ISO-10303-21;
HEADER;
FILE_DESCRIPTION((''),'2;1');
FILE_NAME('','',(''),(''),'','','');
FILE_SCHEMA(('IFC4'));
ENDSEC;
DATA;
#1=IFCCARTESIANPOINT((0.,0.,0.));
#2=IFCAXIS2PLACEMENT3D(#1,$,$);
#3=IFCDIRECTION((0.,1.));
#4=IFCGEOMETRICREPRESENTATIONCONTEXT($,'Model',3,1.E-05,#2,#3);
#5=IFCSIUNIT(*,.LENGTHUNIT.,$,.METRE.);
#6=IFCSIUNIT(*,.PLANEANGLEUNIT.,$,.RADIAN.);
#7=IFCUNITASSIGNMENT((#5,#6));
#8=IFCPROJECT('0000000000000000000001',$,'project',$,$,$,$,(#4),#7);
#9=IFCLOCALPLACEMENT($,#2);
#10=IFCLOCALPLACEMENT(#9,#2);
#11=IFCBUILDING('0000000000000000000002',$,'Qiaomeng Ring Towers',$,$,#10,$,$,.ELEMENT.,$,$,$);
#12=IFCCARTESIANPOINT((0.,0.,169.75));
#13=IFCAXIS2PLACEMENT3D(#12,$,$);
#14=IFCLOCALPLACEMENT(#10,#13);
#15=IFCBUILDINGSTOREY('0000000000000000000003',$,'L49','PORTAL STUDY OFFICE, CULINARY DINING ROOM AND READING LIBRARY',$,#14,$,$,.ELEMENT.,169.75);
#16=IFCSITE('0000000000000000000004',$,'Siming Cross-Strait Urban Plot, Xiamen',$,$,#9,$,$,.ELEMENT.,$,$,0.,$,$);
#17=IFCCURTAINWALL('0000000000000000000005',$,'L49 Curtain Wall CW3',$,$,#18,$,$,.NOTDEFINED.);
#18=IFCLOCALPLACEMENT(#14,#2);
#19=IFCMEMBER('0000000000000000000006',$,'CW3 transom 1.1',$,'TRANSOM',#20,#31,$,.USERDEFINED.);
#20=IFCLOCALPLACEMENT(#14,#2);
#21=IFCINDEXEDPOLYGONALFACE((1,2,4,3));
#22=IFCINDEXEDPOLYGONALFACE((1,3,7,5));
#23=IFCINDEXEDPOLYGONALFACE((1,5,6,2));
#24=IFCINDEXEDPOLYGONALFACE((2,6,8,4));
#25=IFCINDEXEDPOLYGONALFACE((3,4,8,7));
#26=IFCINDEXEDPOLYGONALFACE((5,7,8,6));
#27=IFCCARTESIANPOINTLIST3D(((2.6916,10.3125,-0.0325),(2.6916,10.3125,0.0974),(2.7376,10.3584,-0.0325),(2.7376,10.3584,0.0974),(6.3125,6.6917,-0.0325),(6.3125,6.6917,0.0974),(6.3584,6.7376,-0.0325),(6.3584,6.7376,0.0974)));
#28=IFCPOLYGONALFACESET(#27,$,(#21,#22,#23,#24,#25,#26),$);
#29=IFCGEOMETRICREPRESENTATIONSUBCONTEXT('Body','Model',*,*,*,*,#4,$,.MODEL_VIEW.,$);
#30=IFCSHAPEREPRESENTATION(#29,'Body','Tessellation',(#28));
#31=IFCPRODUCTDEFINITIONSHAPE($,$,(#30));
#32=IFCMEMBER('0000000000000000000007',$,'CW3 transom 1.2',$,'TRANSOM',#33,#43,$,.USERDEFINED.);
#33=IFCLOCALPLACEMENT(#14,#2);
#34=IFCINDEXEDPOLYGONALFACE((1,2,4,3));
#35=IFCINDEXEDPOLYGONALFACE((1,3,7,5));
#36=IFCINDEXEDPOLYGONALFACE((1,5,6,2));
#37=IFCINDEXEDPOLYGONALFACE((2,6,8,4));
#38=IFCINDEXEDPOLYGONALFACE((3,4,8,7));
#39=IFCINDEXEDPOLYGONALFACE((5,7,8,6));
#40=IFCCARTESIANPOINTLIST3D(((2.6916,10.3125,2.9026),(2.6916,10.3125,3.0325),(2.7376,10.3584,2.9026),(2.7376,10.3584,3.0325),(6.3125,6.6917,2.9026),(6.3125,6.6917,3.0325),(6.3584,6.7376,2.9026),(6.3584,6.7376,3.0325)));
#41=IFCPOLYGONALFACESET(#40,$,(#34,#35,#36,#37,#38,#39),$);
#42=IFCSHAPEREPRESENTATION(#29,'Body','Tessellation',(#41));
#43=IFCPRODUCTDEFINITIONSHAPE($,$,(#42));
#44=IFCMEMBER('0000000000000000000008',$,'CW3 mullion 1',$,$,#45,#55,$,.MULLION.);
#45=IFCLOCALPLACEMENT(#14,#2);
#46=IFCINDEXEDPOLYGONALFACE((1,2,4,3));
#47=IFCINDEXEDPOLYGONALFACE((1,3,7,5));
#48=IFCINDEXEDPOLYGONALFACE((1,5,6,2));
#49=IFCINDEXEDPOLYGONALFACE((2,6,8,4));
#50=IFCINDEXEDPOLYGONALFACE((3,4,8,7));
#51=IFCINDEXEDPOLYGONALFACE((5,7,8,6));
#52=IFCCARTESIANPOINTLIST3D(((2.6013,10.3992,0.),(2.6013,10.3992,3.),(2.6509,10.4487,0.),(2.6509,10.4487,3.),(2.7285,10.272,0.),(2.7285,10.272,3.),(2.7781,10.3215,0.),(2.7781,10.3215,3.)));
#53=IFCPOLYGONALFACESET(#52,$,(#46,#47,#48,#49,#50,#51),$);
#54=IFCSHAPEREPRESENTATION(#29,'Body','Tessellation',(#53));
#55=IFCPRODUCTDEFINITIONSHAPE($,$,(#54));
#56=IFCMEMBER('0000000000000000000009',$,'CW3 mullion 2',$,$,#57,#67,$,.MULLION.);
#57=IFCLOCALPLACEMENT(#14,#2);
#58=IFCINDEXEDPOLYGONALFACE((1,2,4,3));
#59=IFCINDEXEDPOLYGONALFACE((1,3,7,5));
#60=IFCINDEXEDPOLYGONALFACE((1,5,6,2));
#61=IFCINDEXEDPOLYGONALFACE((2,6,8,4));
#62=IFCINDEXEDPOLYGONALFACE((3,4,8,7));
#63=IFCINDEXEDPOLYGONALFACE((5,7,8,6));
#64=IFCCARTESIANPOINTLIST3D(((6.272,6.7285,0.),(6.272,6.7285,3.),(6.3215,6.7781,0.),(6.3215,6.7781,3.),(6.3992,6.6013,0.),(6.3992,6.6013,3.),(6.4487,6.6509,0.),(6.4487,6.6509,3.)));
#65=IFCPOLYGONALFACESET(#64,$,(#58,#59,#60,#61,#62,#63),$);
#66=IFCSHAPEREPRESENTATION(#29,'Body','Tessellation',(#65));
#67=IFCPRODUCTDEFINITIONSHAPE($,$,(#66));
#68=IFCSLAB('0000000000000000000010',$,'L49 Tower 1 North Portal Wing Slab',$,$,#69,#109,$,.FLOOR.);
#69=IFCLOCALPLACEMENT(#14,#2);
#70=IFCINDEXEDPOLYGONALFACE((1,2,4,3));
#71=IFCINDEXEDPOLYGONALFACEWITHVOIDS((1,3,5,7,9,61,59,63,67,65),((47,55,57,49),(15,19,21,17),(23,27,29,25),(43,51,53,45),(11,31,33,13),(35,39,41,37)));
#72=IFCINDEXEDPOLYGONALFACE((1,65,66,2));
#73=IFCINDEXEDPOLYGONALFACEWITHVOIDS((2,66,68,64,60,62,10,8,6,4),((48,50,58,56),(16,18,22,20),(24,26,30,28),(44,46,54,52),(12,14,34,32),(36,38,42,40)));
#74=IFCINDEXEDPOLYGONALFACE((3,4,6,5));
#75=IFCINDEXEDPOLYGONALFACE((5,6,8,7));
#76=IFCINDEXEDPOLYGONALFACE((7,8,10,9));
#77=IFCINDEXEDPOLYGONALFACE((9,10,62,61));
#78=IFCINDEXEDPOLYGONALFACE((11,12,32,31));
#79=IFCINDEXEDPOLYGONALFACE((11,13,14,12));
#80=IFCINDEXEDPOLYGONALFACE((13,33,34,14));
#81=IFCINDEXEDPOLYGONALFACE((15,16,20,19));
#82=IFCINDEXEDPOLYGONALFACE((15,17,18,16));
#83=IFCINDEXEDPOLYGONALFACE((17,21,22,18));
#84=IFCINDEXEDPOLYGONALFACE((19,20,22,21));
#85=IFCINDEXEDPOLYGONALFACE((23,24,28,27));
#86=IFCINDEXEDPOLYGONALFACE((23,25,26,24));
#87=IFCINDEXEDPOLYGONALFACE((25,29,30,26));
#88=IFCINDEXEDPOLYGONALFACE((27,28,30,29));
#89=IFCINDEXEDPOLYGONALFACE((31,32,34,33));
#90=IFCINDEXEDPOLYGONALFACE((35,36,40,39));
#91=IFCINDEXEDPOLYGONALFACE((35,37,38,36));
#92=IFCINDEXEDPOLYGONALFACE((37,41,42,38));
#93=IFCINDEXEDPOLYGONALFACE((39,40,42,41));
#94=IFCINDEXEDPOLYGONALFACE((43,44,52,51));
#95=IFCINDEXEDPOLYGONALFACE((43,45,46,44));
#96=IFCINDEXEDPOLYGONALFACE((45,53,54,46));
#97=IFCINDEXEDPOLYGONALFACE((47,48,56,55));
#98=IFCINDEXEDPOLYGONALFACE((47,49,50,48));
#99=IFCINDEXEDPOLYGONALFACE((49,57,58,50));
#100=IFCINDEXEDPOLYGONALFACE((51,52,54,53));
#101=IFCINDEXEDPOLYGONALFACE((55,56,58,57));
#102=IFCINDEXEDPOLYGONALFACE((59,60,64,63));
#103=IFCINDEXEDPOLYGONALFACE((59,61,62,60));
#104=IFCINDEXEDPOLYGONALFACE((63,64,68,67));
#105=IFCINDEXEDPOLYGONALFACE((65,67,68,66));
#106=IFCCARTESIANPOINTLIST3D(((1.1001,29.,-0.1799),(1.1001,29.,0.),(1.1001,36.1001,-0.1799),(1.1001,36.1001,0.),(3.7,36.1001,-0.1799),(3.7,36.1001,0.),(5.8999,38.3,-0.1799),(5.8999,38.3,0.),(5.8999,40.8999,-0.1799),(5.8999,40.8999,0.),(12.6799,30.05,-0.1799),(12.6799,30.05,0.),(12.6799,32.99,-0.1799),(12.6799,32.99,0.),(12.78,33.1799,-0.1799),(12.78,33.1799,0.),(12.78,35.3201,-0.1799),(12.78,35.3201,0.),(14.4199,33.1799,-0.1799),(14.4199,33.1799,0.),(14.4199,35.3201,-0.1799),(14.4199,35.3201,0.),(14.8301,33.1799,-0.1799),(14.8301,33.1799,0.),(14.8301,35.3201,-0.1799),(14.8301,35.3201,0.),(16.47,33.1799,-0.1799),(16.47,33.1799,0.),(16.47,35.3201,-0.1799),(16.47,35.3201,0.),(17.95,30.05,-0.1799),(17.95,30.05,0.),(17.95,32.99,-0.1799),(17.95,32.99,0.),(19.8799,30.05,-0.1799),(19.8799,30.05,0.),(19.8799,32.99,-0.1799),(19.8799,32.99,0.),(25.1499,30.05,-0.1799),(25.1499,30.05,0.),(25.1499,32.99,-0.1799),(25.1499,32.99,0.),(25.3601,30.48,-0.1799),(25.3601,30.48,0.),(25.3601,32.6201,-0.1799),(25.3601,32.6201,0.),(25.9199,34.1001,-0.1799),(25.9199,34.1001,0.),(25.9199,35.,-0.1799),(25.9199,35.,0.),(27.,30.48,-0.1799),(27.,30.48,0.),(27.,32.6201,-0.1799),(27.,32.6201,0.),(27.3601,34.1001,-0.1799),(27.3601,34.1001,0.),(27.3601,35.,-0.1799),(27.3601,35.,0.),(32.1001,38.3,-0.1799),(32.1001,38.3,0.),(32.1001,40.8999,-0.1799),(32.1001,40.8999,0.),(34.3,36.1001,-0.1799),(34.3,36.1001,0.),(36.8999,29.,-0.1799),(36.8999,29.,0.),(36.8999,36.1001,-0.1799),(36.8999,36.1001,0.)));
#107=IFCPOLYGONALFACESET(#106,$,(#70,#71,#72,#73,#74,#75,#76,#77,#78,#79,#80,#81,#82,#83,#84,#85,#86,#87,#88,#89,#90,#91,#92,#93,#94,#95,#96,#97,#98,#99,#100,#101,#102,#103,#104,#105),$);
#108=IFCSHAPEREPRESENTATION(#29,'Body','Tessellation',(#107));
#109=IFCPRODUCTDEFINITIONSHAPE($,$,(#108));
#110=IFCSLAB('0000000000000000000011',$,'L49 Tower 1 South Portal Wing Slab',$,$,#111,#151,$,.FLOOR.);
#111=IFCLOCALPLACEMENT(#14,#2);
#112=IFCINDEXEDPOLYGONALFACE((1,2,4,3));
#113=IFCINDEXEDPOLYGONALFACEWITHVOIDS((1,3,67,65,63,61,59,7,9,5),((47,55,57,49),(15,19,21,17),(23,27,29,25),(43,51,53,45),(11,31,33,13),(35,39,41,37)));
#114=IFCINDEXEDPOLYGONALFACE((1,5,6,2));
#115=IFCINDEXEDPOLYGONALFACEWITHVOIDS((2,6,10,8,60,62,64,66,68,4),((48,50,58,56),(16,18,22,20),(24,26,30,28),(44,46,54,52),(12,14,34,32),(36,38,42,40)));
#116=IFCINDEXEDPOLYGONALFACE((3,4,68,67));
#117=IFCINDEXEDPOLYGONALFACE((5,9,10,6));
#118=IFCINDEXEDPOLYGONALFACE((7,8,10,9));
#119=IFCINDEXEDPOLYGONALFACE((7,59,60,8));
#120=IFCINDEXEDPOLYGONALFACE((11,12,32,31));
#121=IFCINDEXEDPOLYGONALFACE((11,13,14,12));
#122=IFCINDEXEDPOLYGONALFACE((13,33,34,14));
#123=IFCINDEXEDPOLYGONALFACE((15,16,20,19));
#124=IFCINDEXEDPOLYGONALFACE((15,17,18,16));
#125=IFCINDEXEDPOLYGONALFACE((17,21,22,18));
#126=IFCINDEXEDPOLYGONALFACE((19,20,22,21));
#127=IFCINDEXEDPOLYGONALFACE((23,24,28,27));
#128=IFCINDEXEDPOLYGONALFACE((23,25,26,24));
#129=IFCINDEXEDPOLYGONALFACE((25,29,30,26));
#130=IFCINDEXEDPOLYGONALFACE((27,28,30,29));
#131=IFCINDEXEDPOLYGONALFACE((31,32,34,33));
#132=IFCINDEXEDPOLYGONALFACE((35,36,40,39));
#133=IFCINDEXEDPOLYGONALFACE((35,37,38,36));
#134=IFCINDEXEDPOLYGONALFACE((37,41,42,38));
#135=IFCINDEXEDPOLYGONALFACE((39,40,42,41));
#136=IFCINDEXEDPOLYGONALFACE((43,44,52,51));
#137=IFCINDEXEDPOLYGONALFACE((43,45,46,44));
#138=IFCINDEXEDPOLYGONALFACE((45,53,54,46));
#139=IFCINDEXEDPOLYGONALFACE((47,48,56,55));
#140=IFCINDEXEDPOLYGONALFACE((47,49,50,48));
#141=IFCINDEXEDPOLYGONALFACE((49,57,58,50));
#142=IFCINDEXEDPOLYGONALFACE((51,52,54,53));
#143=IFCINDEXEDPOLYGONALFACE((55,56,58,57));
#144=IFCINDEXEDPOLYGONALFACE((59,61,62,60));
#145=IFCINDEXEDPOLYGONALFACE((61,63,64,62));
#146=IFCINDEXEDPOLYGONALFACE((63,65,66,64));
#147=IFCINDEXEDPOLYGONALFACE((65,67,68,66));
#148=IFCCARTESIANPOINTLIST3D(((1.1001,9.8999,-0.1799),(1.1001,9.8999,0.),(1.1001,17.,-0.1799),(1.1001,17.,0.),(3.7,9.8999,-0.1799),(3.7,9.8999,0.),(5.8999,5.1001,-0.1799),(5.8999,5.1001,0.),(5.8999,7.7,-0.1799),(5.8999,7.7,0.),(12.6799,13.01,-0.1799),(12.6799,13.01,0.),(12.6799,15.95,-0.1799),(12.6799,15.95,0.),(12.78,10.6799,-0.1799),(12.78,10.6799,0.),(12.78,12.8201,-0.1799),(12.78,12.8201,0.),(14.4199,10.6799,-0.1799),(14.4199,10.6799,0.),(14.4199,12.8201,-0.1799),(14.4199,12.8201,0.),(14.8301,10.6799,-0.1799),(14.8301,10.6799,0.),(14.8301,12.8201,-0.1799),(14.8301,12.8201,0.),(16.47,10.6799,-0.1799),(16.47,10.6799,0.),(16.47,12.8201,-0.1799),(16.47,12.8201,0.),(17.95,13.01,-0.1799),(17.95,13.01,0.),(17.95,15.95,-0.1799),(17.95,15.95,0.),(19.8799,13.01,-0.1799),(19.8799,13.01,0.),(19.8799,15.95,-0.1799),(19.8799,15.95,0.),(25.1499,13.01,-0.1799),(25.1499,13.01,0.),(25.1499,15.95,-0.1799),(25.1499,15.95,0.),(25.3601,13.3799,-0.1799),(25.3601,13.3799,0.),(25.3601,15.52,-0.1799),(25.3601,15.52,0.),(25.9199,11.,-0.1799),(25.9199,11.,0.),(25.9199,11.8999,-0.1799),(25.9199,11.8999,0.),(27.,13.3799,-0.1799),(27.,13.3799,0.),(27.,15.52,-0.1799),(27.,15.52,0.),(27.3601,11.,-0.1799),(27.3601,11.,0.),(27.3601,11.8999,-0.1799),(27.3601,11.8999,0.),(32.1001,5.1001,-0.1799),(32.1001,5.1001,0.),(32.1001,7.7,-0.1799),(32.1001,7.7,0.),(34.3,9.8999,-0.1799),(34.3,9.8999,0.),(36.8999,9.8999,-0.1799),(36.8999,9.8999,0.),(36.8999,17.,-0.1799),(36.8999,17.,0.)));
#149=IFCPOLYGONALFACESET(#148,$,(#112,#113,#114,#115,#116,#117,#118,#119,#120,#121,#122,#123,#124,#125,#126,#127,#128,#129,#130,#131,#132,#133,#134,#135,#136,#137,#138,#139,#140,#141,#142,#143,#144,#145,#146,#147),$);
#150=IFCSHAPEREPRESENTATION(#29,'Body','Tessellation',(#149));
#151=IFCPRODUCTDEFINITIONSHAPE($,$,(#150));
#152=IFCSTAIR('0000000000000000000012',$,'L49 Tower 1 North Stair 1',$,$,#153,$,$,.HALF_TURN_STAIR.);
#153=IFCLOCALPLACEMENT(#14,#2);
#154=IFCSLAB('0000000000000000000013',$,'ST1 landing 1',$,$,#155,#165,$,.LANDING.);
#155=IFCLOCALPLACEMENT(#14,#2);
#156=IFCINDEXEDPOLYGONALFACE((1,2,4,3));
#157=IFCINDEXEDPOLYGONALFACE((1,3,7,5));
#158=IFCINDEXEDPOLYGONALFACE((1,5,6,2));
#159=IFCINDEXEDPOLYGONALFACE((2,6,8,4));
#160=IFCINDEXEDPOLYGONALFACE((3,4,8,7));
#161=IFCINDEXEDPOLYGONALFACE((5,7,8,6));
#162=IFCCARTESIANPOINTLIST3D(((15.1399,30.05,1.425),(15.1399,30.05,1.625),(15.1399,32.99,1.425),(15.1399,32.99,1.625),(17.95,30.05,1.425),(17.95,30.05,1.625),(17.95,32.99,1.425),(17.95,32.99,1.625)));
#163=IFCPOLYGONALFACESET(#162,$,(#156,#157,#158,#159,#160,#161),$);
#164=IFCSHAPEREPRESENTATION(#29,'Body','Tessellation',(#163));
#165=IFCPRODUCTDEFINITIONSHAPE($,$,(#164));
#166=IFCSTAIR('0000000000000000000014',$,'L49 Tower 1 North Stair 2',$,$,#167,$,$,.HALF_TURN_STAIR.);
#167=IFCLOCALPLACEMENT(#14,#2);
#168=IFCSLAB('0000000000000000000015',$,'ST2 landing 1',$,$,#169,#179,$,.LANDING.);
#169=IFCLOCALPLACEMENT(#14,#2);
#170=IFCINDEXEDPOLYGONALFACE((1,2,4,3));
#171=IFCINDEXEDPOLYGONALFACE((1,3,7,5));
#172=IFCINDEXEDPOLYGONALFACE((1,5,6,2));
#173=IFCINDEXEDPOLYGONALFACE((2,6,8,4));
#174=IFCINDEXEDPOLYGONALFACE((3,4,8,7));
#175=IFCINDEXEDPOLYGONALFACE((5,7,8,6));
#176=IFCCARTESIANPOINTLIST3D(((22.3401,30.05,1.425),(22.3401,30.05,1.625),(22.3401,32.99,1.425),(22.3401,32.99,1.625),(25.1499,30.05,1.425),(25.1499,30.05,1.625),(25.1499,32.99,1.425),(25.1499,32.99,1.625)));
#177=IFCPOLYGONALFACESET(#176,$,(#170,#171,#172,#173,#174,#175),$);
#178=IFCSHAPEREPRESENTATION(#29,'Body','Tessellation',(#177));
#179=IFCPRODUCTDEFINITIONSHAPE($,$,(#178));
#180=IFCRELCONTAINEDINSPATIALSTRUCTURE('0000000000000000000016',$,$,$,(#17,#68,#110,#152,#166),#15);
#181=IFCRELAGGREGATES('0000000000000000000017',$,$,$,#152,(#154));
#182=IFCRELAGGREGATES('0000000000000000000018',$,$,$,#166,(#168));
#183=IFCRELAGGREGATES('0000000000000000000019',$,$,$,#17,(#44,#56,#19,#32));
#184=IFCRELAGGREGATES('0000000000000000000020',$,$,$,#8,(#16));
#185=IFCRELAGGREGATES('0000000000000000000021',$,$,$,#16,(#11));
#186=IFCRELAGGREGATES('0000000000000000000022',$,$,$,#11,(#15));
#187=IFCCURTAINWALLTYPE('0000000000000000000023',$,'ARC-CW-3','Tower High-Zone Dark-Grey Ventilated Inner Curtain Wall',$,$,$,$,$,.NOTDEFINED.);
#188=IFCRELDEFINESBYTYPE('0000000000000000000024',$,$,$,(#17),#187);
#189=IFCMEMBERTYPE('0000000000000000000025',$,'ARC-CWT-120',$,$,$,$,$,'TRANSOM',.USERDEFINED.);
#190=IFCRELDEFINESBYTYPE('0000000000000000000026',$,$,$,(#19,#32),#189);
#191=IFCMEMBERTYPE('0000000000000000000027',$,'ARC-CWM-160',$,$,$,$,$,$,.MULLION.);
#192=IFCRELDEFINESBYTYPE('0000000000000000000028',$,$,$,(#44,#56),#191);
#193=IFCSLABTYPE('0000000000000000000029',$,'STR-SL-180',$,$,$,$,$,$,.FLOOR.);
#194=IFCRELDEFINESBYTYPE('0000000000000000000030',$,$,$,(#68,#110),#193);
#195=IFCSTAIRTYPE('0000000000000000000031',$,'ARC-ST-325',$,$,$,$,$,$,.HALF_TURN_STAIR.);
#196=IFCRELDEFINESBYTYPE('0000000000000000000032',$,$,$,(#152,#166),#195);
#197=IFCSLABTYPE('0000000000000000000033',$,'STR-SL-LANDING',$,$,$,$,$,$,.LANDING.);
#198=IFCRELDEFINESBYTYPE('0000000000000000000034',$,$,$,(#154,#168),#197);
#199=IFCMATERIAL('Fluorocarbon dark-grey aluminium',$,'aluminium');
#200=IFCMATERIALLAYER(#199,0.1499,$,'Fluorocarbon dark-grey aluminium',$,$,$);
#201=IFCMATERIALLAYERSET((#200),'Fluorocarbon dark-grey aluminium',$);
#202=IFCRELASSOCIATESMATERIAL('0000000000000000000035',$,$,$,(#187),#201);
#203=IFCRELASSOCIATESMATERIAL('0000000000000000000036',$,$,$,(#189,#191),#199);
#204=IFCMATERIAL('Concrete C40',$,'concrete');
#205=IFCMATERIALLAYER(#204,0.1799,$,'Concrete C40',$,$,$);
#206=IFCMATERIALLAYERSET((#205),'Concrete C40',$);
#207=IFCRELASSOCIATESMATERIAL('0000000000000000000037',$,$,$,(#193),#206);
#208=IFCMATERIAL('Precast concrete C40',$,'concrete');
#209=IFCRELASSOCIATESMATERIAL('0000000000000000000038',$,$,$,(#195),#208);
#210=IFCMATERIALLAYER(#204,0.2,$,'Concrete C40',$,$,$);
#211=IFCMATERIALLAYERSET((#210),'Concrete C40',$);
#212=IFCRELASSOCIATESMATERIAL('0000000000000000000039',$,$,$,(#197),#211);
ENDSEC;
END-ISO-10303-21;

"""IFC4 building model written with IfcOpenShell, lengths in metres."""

from ifc_helpers import new_model, si_unit, direction, frame, origin, origin_2d, place, context, subcontext, project, spatial, polyline, rectangle, outline, extrude, source, transform, mapped, material, layer, layer_set, material_profile, profile_set, type_object, element, aggregate, save


model = new_model("IFC4")

# Units and contexts
model_context = context("Model", 3, precision=1e-05, world=origin(), true_north=direction((0.0, 1.0)))
body_context = subcontext(model_context, "Body", "Model", "MODEL_VIEW")
ifc_project = project(units=[si_unit("LENGTHUNIT", "METRE"), si_unit("PLANEANGLEUNIT", "RADIAN")], contexts=[model_context])

# Site, building, storey
site_placement = place(None, origin())
site = spatial("IfcSite", under=ifc_project, at=site_placement, Name="Siming Cross-Strait Urban Plot, Xiamen", CompositionType="ELEMENT", RefElevation=0.0)
building_placement = place(site_placement, origin())
building = spatial("IfcBuilding", under=site, at=building_placement, Name="Qiaomeng Ring Towers", CompositionType="ELEMENT")
storey_placement = place(building_placement, frame((0.0, 0.0, 169.75)))
storey = spatial("IfcBuildingStorey", under=building, at=storey_placement, Name="L49", Description="PORTAL STUDY OFFICE, CULINARY DINING ROOM AND READING LIBRARY", CompositionType="ELEMENT", Elevation=169.75)

# Curtain wall, members
ifc_material_1 = material(Name="Fluorocarbon dark-grey aluminium", Category="aluminium")
ifc_layer_1 = layer(ifc_material_1, 0.1499, Name="Fluorocarbon dark-grey aluminium")
ifc_layer_set_1 = layer_set([ifc_layer_1], Name="Fluorocarbon dark-grey aluminium")
curtain_wall_type = type_object("IfcCurtainWallType", Name="ARC-CW-3", Description="Tower High-Zone Dark-Grey Ventilated Inner Curtain Wall", PredefinedType="NOTDEFINED", material=ifc_layer_set_1)
curtain_wall_placement = place(storey_placement, origin())
curtain_wall = element("IfcCurtainWall", 1, at=curtain_wall_placement, inside=storey, type_object=curtain_wall_type, Name="L49 Curtain Wall CW3", PredefinedType="NOTDEFINED")
ifc_material_profile_1 = material_profile(ifc_material_1, rectangle(XDim=0.0649, YDim=0.1299, at=origin_2d()), Name="ALU TRAN 65x130")
ifc_profile_set_1 = profile_set([ifc_material_profile_1], Name="Fluorocarbon dark-grey aluminium")
member_type_1 = type_object("IfcMemberType", Name="ARC-CWT-120", ElementType="TRANSOM", PredefinedType="USERDEFINED", material=ifc_profile_set_1)
shared_shape_1 = source(origin(), body_context, "Body", "SweptSolid", [
    extrude(rectangle(XDim=0.0649, YDim=0.1299, at=origin_2d()), origin(), (0.0, 0.0, 1.0), 5.1206),
])
member_1_placement = place(storey_placement, frame((2.7146, 10.3354, 0.0325), z_axis=(0.707107, -0.707107, 0.0), x_axis=(0.707107, 0.707107, 0.0)))
member_1 = element("IfcMember", 2, at=member_1_placement, type_object=member_type_1, Name="CW3 transom 1.1", ObjectType="TRANSOM", PredefinedType="USERDEFINED", context=body_context, shape_type="MappedRepresentation", body=[
    mapped(shared_shape_1, transform((0.0, 0.0, 0.0), x_axis=(1.0, 0.0, 0.0), y_axis=(0.0, 1.0, 0.0), z_axis=(0.0, 0.0, 1.0), scale=1.0)),
])
member_2_placement = place(storey_placement, frame((2.7146, 10.3354, 2.9675), z_axis=(0.707107, -0.707107, 0.0), x_axis=(0.707107, 0.707107, 0.0)))
member_2 = element("IfcMember", 3, at=member_2_placement, type_object=member_type_1, Name="CW3 transom 1.2", ObjectType="TRANSOM", PredefinedType="USERDEFINED", context=body_context, shape_type="MappedRepresentation", body=[
    mapped(shared_shape_1, transform((0.0, 0.0, 0.0), x_axis=(1.0, 0.0, 0.0), y_axis=(0.0, 1.0, 0.0), z_axis=(0.0, 0.0, 1.0), scale=1.0)),
])
ifc_material_profile_2 = material_profile(ifc_material_1, rectangle(XDim=0.0701, YDim=0.1799, at=origin_2d()), Name="ALU MULL 70x180")
ifc_profile_set_2 = profile_set([ifc_material_profile_2], Name="Fluorocarbon dark-grey aluminium")
member_type_2 = type_object("IfcMemberType", Name="ARC-CWM-160", PredefinedType="MULLION", material=ifc_profile_set_2)
shared_shape_2 = source(origin(), body_context, "Body", "SweptSolid", [
    extrude(rectangle(XDim=0.0701, YDim=0.1799, at=origin_2d()), origin(), (0.0, 0.0, 1.0), 3.0),
])
member_3_placement = place(storey_placement, frame((2.6897, 10.3604, 0.0), z_axis=(0.0, 0.0, 1.0), x_axis=(0.707107, 0.707107, 0.0)))
member_3 = element("IfcMember", 4, at=member_3_placement, type_object=member_type_2, Name="CW3 mullion 1", PredefinedType="MULLION", context=body_context, shape_type="MappedRepresentation", body=[
    mapped(shared_shape_2, transform((0.0, 0.0, 0.0), x_axis=(1.0, 0.0, 0.0), y_axis=(0.0, 1.0, 0.0), z_axis=(0.0, 0.0, 1.0), scale=1.0)),
])
member_4_placement = place(storey_placement, frame((6.3604, 6.6897, 0.0), z_axis=(0.0, 0.0, 1.0), x_axis=(0.707107, 0.707107, 0.0)))
member_4 = element("IfcMember", 5, at=member_4_placement, type_object=member_type_2, Name="CW3 mullion 2", PredefinedType="MULLION", context=body_context, shape_type="MappedRepresentation", body=[
    mapped(shared_shape_2, transform((0.0, 0.0, 0.0), x_axis=(1.0, 0.0, 0.0), y_axis=(0.0, 1.0, 0.0), z_axis=(0.0, 0.0, 1.0), scale=1.0)),
])

# Slabs
ifc_material_2 = material(Name="Concrete C40", Category="concrete")
ifc_layer_2 = layer(ifc_material_2, 0.1799, Name="Concrete C40")
ifc_layer_set_2 = layer_set([ifc_layer_2], Name="Concrete C40")
slab_type_1 = type_object("IfcSlabType", Name="STR-SL-180", PredefinedType="FLOOR", material=ifc_layer_set_2)
slab_1_placement = place(storey_placement, frame((0.0, 0.0, -0.1799)))
element("IfcSlab", 6, at=slab_1_placement, inside=storey, type_object=slab_type_1, Name="L49 Tower 1 North Portal Wing Slab", PredefinedType="FLOOR", context=body_context, shape_type="SweptSolid", body=[
    extrude(outline(polyline([(1.1001, 36.1001), (3.7, 36.1001), (5.8999, 38.3), (5.8999, 40.8999), (32.1001, 40.8999), (32.1001, 38.3), (34.3, 36.1001), (36.8999, 36.1001), (36.8999, 29.0), (1.1001, 29.0), (1.1001, 36.1001)]), holes=[polyline([(17.95, 30.05), (12.6799, 30.05), (12.6799, 32.99), (17.95, 32.99), (17.95, 30.05)]), polyline([(19.8799, 30.05), (19.8799, 32.99), (25.1499, 32.99), (25.1499, 30.05), (19.8799, 30.05)]), polyline([(25.3601, 30.48), (25.3601, 32.6201), (27.0, 32.6201), (27.0, 30.48), (25.3601, 30.48)]), polyline([(14.4199, 33.1799), (12.78, 33.1799), (12.78, 35.3201), (14.4199, 35.3201), (14.4199, 33.1799)]), polyline([(14.8301, 33.1799), (14.8301, 35.3201), (16.47, 35.3201), (16.47, 33.1799), (14.8301, 33.1799)]), polyline([(25.9199, 34.1001), (25.9199, 35.0), (27.3601, 35.0), (27.3601, 34.1001), (25.9199, 34.1001)])]), origin(), (0.0, 0.0, 1.0), 0.1799),
])
slab_2_placement = place(storey_placement, frame((0.0, 0.0, -0.1799)))
element("IfcSlab", 7, at=slab_2_placement, inside=storey, type_object=slab_type_1, Name="L49 Tower 1 South Portal Wing Slab", PredefinedType="FLOOR", context=body_context, shape_type="SweptSolid", body=[
    extrude(outline(polyline([(36.8999, 9.8999), (34.3, 9.8999), (32.1001, 7.7), (32.1001, 5.1001), (5.8999, 5.1001), (5.8999, 7.7), (3.7, 9.8999), (1.1001, 9.8999), (1.1001, 17.0), (36.8999, 17.0), (36.8999, 9.8999)]), holes=[polyline([(27.3601, 11.0), (25.9199, 11.0), (25.9199, 11.8999), (27.3601, 11.8999), (27.3601, 11.0)]), polyline([(12.78, 10.6799), (12.78, 12.8201), (14.4199, 12.8201), (14.4199, 10.6799), (12.78, 10.6799)]), polyline([(14.8301, 10.6799), (14.8301, 12.8201), (16.47, 12.8201), (16.47, 10.6799), (14.8301, 10.6799)]), polyline([(27.0, 13.3799), (25.3601, 13.3799), (25.3601, 15.52), (27.0, 15.52), (27.0, 13.3799)]), polyline([(12.6799, 13.01), (12.6799, 15.95), (17.95, 15.95), (17.95, 13.01), (12.6799, 13.01)]), polyline([(19.8799, 13.01), (19.8799, 15.95), (25.1499, 15.95), (25.1499, 13.01), (19.8799, 13.01)])]), origin(), (0.0, 0.0, 1.0), 0.1799),
])

# Stairs, slabs
ifc_material_3 = material(Name="Precast concrete C40", Category="concrete")
stair_type = type_object("IfcStairType", Name="ARC-ST-325", PredefinedType="HALF_TURN_STAIR", material=ifc_material_3)
stair_1_placement = place(storey_placement, origin())
stair_1 = element("IfcStair", 8, at=stair_1_placement, inside=storey, type_object=stair_type, Name="L49 Tower 1 North Stair 1", PredefinedType="HALF_TURN_STAIR")
ifc_layer_3 = layer(ifc_material_2, 0.2, Name="Concrete C40")
ifc_layer_set_3 = layer_set([ifc_layer_3], Name="Concrete C40")
slab_type_2 = type_object("IfcSlabType", Name="STR-SL-LANDING", PredefinedType="LANDING", material=ifc_layer_set_3)
slab_3_placement = place(storey_placement, frame((0.0, 0.0, 1.425)))
slab_3 = element("IfcSlab", 9, at=slab_3_placement, type_object=slab_type_2, Name="ST1 landing 1", PredefinedType="LANDING", context=body_context, shape_type="SweptSolid", body=[
    extrude(outline(polyline([(15.1399, 30.05), (17.95, 30.05), (17.95, 32.99), (15.1399, 32.99), (15.1399, 30.05)])), origin(), (0.0, 0.0, 1.0), 0.2),
])
aggregate(stair_1, [slab_3])
stair_2_placement = place(storey_placement, origin())
stair_2 = element("IfcStair", 10, at=stair_2_placement, inside=storey, type_object=stair_type, Name="L49 Tower 1 North Stair 2", PredefinedType="HALF_TURN_STAIR")
slab_4_placement = place(storey_placement, frame((0.0, 0.0, 1.425)))
slab_4 = element("IfcSlab", 11, at=slab_4_placement, type_object=slab_type_2, Name="ST2 landing 1", PredefinedType="LANDING", context=body_context, shape_type="SweptSolid", body=[
    extrude(outline(polyline([(22.3401, 30.05), (25.1499, 30.05), (25.1499, 32.99), (22.3401, 32.99), (22.3401, 30.05)])), origin(), (0.0, 0.0, 1.0), 0.2),
])
aggregate(stair_2, [slab_4])

aggregate(curtain_wall, [member_3, member_4, member_1, member_2])

save(model, "model.ifc")
